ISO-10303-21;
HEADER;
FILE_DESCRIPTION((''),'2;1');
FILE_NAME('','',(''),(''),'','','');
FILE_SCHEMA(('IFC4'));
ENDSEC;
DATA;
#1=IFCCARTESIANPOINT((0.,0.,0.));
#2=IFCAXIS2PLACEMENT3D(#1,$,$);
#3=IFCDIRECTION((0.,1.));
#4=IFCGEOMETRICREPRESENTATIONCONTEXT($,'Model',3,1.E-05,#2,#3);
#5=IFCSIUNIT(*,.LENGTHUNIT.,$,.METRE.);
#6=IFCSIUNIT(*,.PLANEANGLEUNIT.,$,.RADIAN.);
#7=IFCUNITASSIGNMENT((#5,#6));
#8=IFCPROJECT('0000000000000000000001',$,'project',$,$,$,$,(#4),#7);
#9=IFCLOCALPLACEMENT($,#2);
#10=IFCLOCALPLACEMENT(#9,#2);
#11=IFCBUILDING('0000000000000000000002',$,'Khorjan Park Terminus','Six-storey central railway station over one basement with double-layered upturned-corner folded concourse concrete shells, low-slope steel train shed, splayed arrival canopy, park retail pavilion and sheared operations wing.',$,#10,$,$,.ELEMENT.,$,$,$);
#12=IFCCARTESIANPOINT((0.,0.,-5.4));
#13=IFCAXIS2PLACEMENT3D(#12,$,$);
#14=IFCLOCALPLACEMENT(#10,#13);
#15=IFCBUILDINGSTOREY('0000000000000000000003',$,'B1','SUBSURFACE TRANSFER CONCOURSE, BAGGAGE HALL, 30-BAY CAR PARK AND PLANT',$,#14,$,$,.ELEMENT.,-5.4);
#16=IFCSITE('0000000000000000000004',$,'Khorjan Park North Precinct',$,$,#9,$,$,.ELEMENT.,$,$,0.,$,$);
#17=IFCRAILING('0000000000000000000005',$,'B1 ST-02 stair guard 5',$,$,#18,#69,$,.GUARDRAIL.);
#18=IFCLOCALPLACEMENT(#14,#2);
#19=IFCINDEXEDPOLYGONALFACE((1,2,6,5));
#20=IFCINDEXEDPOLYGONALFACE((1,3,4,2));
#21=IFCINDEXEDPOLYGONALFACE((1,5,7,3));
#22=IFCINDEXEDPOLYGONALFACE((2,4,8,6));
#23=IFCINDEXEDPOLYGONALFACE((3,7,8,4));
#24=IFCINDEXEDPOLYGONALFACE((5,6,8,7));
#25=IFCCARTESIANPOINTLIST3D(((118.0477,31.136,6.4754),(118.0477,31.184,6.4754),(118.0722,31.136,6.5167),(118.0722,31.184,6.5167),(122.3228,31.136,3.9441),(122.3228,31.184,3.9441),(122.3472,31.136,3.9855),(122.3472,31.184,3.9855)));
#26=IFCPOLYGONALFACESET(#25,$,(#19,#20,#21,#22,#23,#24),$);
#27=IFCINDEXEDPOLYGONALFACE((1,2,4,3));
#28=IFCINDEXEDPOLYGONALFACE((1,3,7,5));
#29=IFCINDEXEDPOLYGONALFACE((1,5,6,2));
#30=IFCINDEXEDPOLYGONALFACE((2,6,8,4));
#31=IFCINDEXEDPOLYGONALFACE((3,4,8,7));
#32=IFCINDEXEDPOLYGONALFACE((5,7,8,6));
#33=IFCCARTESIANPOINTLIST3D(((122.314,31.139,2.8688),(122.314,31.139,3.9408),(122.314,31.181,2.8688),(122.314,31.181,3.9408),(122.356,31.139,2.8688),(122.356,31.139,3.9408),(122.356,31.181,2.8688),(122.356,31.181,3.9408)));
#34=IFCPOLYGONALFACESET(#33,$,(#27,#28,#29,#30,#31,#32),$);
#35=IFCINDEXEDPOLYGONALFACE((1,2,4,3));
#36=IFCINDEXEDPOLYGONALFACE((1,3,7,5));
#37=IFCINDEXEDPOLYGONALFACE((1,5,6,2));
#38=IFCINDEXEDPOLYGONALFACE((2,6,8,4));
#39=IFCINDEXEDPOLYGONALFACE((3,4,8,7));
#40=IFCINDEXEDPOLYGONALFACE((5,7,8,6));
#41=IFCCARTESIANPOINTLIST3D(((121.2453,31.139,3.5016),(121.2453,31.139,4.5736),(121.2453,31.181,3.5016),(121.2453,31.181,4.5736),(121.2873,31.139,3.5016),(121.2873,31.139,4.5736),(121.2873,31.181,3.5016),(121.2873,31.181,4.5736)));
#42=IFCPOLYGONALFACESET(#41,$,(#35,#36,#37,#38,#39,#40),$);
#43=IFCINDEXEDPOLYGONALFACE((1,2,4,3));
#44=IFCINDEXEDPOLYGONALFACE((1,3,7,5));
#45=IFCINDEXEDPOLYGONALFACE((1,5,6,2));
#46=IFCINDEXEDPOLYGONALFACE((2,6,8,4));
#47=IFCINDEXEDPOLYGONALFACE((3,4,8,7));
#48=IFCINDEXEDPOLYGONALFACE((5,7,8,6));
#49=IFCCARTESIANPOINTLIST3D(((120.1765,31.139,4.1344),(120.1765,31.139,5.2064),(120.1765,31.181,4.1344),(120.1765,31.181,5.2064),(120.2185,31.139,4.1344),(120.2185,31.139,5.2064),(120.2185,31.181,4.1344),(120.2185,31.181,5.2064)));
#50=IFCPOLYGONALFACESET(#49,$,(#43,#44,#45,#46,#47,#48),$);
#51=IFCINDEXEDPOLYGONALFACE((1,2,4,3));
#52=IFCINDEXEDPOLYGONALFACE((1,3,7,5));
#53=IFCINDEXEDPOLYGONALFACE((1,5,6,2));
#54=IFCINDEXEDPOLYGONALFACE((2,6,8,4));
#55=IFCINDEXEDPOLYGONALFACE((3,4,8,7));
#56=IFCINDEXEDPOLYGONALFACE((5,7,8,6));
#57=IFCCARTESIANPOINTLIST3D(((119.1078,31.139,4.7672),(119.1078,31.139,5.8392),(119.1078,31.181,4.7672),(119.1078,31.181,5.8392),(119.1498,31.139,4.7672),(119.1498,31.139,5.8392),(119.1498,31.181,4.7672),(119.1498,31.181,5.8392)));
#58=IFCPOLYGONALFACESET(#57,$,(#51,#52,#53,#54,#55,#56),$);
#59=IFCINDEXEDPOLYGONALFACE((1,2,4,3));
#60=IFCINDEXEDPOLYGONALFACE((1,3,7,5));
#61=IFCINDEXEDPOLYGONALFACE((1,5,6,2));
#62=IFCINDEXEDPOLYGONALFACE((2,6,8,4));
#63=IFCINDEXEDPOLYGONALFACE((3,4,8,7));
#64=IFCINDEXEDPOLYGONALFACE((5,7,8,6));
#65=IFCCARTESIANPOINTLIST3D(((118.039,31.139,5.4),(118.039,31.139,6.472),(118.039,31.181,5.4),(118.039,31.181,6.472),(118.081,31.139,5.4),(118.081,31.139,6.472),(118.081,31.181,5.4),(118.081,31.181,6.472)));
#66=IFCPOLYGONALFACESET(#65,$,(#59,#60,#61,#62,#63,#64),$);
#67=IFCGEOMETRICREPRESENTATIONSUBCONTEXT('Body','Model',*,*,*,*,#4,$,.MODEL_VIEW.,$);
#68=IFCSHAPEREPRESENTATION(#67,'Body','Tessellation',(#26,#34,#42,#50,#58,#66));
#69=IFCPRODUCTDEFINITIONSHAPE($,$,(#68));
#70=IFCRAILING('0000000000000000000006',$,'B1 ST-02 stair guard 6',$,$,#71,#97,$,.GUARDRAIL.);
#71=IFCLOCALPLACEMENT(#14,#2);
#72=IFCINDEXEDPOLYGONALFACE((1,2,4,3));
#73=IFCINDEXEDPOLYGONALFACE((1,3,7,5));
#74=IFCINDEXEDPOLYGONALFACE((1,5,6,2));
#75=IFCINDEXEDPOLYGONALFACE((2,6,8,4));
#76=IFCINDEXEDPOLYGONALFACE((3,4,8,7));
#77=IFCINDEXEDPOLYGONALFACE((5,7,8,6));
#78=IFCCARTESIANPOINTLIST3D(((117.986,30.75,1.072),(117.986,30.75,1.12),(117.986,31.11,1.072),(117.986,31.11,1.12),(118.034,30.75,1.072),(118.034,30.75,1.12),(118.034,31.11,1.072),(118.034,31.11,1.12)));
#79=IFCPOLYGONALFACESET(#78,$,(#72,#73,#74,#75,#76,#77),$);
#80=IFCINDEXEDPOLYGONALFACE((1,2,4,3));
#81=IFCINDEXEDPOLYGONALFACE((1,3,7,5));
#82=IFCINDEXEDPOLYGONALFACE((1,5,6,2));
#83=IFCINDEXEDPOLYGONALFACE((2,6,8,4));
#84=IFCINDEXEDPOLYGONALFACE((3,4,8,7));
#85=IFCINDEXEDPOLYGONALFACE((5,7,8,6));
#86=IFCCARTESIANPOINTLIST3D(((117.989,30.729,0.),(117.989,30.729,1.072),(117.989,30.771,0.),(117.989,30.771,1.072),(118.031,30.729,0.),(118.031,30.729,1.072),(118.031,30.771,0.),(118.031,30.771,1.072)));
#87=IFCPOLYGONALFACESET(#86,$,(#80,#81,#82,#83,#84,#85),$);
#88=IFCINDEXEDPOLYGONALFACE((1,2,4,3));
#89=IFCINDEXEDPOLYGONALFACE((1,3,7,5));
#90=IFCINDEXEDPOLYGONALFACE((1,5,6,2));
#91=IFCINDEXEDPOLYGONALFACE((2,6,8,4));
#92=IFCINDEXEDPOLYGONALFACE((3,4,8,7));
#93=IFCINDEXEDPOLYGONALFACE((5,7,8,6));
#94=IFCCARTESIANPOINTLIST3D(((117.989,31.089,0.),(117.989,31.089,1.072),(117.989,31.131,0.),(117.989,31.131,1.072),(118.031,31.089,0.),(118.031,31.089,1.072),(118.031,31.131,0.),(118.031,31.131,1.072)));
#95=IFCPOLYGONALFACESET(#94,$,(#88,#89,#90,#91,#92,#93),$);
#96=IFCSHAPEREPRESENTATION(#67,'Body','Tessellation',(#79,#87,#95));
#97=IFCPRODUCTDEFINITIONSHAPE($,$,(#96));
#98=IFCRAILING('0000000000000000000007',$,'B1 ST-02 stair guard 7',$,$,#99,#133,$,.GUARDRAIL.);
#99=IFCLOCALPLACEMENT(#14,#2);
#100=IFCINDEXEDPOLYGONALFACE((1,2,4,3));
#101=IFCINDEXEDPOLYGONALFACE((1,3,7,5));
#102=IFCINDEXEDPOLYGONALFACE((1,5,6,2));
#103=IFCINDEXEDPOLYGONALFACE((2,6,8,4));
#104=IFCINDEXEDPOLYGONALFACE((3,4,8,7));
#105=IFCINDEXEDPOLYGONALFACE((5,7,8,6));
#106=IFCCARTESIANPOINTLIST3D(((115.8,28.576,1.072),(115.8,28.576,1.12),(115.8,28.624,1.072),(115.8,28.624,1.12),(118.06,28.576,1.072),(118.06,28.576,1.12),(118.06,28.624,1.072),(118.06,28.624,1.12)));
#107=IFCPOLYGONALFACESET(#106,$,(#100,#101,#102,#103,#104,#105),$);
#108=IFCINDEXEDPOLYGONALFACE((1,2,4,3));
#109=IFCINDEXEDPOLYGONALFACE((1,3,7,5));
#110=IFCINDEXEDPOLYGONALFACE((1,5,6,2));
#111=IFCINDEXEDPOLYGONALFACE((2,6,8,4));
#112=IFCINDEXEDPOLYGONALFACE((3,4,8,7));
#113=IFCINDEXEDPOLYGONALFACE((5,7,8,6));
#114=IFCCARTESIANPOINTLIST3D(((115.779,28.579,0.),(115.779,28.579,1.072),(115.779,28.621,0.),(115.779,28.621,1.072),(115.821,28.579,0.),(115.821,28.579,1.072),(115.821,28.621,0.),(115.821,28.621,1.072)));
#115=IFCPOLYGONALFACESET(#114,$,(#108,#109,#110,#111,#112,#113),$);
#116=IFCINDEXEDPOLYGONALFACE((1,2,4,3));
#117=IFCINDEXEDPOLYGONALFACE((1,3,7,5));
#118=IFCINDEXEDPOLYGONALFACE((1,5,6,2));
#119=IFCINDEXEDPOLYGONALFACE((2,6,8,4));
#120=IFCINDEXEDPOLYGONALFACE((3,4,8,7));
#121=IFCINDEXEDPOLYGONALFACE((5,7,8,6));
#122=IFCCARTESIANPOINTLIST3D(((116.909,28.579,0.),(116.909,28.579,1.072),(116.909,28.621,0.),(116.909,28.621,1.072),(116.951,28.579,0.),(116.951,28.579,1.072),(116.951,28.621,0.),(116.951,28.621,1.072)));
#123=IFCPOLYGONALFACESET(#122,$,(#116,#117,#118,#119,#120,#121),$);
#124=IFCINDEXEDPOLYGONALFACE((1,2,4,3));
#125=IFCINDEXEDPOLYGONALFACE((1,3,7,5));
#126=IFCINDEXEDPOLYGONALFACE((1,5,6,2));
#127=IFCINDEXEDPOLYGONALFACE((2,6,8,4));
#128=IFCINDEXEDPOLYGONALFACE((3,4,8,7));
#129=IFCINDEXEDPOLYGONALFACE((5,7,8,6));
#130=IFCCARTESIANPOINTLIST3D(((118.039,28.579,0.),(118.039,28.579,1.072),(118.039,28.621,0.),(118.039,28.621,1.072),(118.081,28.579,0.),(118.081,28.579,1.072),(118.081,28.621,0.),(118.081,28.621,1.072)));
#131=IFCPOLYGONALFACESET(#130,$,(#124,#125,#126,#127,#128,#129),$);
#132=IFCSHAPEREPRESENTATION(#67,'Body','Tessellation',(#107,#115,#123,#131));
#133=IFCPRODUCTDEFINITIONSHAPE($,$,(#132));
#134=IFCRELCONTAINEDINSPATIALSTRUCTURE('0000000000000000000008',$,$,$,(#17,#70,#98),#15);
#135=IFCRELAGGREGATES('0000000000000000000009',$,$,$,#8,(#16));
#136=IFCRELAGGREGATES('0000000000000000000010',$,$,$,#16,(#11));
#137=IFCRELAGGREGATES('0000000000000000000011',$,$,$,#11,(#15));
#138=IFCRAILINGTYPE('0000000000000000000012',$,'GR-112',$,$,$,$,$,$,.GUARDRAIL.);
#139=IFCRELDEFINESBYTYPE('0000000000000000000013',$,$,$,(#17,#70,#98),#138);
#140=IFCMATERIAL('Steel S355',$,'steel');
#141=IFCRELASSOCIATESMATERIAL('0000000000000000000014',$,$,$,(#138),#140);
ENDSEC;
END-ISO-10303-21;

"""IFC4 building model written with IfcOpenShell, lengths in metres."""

from ifc_helpers import new_model, si_unit, direction, frame, origin, origin_2d, place, context, subcontext, project, spatial, rectangle, extrude, material, type_object, element, save


model = new_model("IFC4")

# Units and contexts
model_context = context("Model", 3, precision=1e-05, world=origin(), true_north=direction((0.0, 1.0)))
body_context = subcontext(model_context, "Body", "Model", "MODEL_VIEW")
ifc_project = project(units=[si_unit("LENGTHUNIT", "METRE"), si_unit("PLANEANGLEUNIT", "RADIAN")], contexts=[model_context])

# Site, building, storey
site_placement = place(None, origin())
site = spatial("IfcSite", under=ifc_project, at=site_placement, Name="Khorjan Park North Precinct", CompositionType="ELEMENT", RefElevation=0.0)
building_placement = place(site_placement, origin())
building = spatial("IfcBuilding", under=site, at=building_placement, Name="Khorjan Park Terminus", Description="Six-storey central railway station over one basement with double-layered upturned-corner folded concourse concrete shells, low-slope steel train shed, splayed arrival canopy, park retail pavilion and sheared operations wing.", CompositionType="ELEMENT")
storey_placement = place(building_placement, frame((0.0, 0.0, -5.4)))
storey = spatial("IfcBuildingStorey", under=building, at=storey_placement, Name="B1", Description="SUBSURFACE TRANSFER CONCOURSE, BAGGAGE HALL, 30-BAY CAR PARK AND PLANT", CompositionType="ELEMENT", Elevation=-5.4)

# Railings
ifc_material_1 = material(Name="Steel S355", Category="steel")
railing_type_1 = type_object("IfcRailingType", Name="GR-112", PredefinedType="GUARDRAIL", material=ifc_material_1)
railing_1_placement = place(storey_placement, frame((122.335, 31.16, 2.8688)))
element("IfcRailing", 1, at=railing_1_placement, inside=storey, type_object=railing_type_1, Name="B1 ST-02 stair guard 5", PredefinedType="GUARDRAIL", context=body_context, shape_type="SweptSolid", body=[
    extrude(rectangle(XDim=0.048, YDim=0.048, at=origin_2d()), frame((0.0, 0.0, 1.096), z_axis=(-0.86048, 0.0, 0.509485), x_axis=(0.0, -1.0, 0.0)), (0.0, 0.0, 1.0), 4.9682),
    extrude(rectangle(XDim=0.042, YDim=0.042, at=origin_2d()), origin(), (0.0, 0.0, 1.0), 1.072),
    extrude(rectangle(XDim=0.042, YDim=0.042, at=origin_2d()), frame((-1.0687, 0.0, 0.6328)), (0.0, 0.0, 1.0), 1.072),
    extrude(rectangle(XDim=0.042, YDim=0.042, at=origin_2d()), frame((-2.1375, 0.0, 1.2656)), (0.0, 0.0, 1.0), 1.072),
    extrude(rectangle(XDim=0.042, YDim=0.042, at=origin_2d()), frame((-3.2062, 0.0, 1.8984)), (0.0, 0.0, 1.0), 1.072),
    extrude(rectangle(XDim=0.042, YDim=0.042, at=origin_2d()), frame((-4.275, 0.0, 2.5312)), (0.0, 0.0, 1.0), 1.072),
])
railing_2_placement = place(storey_placement, frame((118.01, 30.75, 0.0)))
element("IfcRailing", 2, at=railing_2_placement, inside=storey, type_object=railing_type_1, Name="B1 ST-02 stair guard 6", PredefinedType="GUARDRAIL", context=body_context, shape_type="SweptSolid", body=[
    extrude(rectangle(XDim=0.048, YDim=0.048, at=origin_2d()), frame((0.0, 0.0, 1.096), z_axis=(0.0, 1.0, 0.0), x_axis=(-1.0, 0.0, 0.0)), (0.0, 0.0, 1.0), 0.36),
    extrude(rectangle(XDim=0.042, YDim=0.042, at=origin_2d()), origin(), (0.0, 0.0, 1.0), 1.072),
    extrude(rectangle(XDim=0.042, YDim=0.042, at=origin_2d()), frame((0.0, 0.36, 0.0)), (0.0, 0.0, 1.0), 1.072),
])
railing_3_placement = place(storey_placement, frame((115.8, 28.6, 0.0)))
element("IfcRailing", 3, at=railing_3_placement, inside=storey, type_object=railing_type_1, Name="B1 ST-02 stair guard 7", PredefinedType="GUARDRAIL", context=body_context, shape_type="SweptSolid", body=[
    extrude(rectangle(XDim=0.048, YDim=0.048, at=origin_2d()), frame((0.0, 0.0, 1.096), z_axis=(1.0, 0.0, 0.0), x_axis=(0.0, 1.0, 0.0)), (0.0, 0.0, 1.0), 2.26),
    extrude(rectangle(XDim=0.042, YDim=0.042, at=origin_2d()), origin(), (0.0, 0.0, 1.0), 1.072),
    extrude(rectangle(XDim=0.042, YDim=0.042, at=origin_2d()), frame((1.13, 0.0, 0.0)), (0.0, 0.0, 1.0), 1.072),
    extrude(rectangle(XDim=0.042, YDim=0.042, at=origin_2d()), frame((2.26, 0.0, 0.0)), (0.0, 0.0, 1.0), 1.072),
])

save(model, "model.ifc")
